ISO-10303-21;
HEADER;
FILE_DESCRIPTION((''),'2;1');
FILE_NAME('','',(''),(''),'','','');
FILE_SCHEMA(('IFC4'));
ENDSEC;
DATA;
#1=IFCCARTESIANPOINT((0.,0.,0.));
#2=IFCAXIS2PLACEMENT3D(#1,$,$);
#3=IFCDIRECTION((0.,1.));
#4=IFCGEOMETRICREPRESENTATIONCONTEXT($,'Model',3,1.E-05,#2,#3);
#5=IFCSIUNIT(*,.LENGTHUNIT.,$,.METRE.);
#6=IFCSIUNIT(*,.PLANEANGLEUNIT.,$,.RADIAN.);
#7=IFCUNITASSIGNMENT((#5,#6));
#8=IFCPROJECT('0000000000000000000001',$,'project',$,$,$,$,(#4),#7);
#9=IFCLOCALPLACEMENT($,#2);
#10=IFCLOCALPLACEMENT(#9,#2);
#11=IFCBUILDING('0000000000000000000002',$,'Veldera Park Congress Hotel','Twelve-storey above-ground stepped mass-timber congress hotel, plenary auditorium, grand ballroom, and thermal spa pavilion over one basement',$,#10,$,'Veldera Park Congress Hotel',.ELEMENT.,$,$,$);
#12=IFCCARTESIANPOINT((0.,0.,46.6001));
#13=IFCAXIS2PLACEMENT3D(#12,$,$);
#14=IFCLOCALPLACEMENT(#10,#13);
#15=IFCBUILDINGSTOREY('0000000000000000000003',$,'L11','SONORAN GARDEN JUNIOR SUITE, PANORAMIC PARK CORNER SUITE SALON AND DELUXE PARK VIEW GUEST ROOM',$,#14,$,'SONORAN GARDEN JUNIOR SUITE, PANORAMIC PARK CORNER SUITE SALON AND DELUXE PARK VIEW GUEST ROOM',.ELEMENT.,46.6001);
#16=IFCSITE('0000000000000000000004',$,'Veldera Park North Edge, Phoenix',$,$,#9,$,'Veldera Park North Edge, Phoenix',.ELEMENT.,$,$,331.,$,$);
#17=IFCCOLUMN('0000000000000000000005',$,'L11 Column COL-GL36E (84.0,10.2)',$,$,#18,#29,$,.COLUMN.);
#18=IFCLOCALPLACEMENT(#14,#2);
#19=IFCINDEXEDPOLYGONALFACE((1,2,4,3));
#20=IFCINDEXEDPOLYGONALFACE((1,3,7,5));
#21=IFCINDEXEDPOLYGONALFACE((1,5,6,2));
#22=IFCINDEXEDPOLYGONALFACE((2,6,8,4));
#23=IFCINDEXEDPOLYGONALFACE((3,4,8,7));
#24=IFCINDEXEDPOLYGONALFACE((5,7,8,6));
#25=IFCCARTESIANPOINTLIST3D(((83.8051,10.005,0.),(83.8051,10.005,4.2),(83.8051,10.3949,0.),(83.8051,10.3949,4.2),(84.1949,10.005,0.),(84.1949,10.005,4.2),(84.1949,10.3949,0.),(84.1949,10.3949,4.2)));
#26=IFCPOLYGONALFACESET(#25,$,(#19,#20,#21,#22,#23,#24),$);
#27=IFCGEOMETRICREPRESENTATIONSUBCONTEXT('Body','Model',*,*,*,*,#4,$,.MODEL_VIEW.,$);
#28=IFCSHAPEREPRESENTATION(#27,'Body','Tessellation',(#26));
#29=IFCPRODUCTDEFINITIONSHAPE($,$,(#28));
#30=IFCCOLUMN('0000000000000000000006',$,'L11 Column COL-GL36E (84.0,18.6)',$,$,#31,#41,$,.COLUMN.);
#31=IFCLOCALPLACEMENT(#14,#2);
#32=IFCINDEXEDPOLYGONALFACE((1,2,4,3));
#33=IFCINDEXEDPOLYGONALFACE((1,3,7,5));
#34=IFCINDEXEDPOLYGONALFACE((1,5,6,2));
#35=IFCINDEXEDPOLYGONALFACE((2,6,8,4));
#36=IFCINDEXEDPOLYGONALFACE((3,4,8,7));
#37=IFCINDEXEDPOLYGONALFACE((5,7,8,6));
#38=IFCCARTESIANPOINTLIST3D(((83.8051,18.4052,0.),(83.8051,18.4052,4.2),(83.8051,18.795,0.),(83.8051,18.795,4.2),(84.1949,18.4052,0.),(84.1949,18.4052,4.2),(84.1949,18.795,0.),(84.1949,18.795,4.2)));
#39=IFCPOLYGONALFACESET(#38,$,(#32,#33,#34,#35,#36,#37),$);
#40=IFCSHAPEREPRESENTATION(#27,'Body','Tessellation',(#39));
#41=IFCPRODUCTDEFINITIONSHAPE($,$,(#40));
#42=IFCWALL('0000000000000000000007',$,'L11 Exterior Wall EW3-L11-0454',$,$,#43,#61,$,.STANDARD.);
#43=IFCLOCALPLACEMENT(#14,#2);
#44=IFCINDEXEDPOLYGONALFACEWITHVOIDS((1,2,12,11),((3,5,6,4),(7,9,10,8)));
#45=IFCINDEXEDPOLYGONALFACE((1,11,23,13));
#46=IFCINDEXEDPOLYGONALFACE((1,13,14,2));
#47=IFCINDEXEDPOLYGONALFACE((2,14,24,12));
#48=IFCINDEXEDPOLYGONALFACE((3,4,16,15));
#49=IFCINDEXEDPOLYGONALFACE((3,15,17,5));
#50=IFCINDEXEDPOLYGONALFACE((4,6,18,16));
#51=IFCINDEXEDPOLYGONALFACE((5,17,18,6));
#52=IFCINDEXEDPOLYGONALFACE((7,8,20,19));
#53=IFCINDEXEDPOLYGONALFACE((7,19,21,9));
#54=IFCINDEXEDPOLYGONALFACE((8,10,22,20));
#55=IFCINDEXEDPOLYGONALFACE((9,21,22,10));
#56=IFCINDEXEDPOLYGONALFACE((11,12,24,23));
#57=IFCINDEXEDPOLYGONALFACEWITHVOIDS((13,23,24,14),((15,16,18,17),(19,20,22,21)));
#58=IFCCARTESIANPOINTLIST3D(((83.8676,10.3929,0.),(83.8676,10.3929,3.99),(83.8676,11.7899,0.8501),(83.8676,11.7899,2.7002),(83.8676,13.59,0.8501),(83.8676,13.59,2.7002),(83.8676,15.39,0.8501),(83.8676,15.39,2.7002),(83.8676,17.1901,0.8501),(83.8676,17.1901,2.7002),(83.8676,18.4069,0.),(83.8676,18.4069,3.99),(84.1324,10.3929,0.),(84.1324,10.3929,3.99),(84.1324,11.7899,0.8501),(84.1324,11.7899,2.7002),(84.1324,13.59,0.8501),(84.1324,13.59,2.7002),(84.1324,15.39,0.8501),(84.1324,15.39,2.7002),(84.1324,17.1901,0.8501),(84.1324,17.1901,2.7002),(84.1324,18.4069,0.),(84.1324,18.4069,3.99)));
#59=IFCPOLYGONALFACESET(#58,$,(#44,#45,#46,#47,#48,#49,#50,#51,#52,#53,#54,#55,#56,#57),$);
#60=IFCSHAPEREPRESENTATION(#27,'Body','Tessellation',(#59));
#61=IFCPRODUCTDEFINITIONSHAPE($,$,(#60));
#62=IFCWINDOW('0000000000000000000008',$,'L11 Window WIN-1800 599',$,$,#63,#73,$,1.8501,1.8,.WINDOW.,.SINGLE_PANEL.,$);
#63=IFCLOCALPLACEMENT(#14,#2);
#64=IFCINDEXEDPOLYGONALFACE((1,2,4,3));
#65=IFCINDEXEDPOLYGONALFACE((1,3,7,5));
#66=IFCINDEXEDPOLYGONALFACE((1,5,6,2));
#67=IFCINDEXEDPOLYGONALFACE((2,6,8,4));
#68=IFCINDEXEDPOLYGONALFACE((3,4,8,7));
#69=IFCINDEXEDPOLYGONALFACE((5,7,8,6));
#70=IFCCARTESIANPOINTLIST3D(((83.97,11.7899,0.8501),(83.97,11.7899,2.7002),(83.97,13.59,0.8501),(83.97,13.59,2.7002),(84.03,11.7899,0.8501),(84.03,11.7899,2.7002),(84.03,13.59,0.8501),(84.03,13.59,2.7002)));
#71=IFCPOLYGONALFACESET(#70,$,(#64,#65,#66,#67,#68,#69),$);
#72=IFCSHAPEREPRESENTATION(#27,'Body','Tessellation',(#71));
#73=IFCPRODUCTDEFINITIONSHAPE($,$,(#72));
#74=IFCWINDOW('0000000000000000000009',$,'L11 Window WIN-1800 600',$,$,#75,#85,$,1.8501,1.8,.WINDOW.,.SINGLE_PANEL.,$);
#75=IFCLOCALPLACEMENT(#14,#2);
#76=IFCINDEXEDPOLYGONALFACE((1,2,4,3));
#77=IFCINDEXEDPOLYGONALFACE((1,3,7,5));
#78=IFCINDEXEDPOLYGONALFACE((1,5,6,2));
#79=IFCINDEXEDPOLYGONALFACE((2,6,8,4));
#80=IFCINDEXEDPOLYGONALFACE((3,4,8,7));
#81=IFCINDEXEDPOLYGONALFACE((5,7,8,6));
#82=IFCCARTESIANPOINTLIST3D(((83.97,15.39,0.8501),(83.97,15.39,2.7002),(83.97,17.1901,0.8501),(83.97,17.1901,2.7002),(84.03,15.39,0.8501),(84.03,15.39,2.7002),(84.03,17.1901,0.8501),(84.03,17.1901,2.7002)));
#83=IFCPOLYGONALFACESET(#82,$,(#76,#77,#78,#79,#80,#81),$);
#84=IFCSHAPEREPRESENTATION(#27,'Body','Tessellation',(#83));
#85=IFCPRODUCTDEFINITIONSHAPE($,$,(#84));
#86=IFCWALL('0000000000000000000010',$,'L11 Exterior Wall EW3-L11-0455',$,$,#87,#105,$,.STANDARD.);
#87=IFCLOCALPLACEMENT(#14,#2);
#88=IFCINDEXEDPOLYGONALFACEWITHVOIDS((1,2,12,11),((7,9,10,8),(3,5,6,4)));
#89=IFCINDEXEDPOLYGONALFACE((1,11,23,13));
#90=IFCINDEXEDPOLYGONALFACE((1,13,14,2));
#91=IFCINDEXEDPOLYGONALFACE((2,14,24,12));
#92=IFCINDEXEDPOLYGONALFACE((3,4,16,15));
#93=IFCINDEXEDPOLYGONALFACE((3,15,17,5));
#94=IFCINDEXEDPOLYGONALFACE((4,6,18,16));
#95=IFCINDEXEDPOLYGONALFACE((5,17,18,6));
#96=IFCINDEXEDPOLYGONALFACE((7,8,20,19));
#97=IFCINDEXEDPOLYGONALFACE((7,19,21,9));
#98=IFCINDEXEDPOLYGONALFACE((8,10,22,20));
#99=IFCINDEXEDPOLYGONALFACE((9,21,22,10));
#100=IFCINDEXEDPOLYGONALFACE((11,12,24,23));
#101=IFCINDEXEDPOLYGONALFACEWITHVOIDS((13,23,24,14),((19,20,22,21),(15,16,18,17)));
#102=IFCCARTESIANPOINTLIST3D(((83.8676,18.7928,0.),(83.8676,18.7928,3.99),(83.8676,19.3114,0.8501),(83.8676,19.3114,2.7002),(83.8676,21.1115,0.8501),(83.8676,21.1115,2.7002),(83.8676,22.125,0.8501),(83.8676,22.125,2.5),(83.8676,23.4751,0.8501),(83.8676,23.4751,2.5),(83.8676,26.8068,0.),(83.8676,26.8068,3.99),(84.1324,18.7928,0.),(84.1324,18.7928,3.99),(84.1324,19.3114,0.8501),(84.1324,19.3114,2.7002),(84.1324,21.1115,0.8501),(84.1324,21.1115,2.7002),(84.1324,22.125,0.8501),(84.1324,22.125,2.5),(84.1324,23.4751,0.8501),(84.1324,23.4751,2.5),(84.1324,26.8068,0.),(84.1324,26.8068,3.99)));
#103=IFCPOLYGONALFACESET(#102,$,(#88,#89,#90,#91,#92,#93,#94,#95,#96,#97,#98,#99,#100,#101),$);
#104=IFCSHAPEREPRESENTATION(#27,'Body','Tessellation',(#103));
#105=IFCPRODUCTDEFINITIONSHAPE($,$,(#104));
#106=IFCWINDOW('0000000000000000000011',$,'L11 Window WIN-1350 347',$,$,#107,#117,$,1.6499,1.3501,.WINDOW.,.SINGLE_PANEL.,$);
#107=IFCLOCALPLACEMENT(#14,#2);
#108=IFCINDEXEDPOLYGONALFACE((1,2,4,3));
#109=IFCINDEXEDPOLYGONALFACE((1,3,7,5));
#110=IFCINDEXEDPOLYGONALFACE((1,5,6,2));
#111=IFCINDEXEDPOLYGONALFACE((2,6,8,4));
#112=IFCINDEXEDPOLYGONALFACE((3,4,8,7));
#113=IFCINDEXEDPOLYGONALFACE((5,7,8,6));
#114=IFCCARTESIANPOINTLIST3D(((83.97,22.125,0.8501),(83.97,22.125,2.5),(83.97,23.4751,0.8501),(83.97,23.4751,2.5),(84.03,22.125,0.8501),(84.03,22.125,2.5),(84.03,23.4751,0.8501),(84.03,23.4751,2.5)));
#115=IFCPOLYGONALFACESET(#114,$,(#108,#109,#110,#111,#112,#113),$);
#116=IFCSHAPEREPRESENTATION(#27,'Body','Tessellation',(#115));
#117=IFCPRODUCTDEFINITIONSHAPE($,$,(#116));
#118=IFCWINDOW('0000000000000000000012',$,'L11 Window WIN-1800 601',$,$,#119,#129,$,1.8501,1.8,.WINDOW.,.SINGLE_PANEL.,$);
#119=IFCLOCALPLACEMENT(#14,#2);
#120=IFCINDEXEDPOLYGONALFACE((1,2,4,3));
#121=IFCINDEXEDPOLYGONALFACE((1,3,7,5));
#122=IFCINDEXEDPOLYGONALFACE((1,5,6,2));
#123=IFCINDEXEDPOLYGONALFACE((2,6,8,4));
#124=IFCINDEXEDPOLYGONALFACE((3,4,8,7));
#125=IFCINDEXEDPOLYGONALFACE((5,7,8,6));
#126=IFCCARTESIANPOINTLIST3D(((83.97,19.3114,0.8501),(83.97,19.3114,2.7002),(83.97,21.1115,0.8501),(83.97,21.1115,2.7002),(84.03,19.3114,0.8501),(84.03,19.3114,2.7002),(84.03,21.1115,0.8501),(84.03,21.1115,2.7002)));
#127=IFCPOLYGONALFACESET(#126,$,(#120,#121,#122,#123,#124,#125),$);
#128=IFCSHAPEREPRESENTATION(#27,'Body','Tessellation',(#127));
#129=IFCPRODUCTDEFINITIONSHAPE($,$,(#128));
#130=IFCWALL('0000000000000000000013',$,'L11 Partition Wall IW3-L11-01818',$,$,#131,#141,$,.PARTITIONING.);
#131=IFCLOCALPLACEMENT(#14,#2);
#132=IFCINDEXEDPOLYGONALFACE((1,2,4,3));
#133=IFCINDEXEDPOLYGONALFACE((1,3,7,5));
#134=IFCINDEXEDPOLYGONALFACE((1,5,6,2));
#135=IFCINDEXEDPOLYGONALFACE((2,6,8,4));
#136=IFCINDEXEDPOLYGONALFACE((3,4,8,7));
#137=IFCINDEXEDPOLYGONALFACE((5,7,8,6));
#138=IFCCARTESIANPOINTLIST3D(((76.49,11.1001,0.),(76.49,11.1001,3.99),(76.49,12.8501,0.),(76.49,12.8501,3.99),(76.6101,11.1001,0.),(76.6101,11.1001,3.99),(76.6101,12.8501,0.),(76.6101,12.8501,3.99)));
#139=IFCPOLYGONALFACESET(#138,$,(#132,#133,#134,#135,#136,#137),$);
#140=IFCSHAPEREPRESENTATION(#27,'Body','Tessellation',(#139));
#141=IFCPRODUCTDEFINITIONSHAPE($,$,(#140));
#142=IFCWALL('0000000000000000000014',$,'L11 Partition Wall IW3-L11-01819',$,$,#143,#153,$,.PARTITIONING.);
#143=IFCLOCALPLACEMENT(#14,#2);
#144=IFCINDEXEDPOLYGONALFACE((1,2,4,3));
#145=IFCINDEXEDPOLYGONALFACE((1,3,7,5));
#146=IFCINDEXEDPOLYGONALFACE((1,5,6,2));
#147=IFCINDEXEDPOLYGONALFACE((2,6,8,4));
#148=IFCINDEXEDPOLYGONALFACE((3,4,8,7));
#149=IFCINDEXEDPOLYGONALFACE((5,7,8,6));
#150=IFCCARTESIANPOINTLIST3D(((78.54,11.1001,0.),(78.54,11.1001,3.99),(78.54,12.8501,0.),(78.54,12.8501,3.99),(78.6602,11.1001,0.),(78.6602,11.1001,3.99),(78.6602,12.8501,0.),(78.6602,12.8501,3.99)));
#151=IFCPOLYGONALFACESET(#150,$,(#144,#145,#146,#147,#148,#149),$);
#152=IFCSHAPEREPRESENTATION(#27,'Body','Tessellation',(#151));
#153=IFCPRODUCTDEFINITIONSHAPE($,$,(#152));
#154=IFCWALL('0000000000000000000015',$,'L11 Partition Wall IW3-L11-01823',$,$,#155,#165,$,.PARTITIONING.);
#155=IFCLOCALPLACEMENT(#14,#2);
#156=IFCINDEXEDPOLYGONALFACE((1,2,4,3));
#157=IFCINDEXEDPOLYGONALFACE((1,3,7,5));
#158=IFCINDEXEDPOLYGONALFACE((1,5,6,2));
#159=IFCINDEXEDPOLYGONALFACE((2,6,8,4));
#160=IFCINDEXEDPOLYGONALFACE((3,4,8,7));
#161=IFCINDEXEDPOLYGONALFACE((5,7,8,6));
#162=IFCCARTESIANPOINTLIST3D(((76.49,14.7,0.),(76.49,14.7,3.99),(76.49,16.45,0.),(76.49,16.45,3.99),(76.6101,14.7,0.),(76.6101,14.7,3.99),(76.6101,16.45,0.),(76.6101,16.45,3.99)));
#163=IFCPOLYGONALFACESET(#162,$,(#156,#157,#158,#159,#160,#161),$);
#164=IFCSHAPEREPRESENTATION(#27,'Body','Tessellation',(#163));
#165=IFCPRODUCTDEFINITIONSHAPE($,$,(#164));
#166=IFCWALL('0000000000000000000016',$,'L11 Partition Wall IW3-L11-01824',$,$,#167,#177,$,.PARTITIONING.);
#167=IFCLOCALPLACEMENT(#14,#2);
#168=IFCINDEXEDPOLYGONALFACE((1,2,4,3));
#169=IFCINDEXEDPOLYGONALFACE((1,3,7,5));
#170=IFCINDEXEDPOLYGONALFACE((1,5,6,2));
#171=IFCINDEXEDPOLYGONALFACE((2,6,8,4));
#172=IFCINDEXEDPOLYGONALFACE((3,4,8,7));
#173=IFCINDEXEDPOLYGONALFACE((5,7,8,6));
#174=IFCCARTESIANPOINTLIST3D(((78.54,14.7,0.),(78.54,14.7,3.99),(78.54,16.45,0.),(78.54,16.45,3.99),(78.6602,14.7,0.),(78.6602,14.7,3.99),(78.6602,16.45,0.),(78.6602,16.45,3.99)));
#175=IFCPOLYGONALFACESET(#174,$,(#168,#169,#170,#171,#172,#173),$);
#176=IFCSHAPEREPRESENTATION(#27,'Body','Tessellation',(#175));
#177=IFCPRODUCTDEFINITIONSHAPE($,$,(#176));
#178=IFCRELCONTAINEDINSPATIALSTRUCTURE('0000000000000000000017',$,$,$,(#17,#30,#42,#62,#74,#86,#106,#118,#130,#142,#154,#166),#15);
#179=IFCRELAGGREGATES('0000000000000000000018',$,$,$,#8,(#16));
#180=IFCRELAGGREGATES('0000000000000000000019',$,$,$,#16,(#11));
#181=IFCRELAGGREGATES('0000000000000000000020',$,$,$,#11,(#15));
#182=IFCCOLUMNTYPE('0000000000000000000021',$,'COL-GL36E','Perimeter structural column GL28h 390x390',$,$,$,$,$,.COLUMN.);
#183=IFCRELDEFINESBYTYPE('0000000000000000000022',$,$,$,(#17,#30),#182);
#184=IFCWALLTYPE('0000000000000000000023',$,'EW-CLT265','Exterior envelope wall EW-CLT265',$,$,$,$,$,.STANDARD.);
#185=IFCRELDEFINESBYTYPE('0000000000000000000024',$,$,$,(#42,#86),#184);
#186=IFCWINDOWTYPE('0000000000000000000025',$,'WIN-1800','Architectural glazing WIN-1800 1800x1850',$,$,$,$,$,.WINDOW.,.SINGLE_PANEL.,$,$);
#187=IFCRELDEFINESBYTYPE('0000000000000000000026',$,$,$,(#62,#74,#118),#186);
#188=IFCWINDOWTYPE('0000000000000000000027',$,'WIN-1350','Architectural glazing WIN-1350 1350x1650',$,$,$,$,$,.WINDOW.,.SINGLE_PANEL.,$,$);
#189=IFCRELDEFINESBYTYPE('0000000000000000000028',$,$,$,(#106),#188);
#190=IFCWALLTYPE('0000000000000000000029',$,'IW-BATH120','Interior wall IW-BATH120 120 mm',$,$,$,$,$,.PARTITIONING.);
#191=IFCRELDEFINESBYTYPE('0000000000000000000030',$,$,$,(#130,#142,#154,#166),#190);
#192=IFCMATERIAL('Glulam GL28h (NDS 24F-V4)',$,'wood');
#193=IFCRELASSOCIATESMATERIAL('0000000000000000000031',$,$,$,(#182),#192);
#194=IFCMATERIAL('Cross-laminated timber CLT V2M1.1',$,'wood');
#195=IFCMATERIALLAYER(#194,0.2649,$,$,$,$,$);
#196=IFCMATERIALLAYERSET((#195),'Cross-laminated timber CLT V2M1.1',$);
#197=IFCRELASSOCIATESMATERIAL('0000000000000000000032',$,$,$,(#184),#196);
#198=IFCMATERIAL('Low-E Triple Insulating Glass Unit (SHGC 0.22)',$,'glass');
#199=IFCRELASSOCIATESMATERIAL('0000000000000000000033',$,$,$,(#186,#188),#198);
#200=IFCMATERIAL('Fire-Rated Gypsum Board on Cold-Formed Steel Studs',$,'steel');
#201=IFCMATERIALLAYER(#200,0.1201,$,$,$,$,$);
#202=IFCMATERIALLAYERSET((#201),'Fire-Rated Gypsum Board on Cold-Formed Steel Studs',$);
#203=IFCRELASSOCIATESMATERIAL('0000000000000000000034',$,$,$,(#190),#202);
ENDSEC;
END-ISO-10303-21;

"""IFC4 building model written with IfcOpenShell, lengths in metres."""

from ifc_helpers import new_model, si_unit, direction, frame, frame_2d, origin, origin_2d, place, context, subcontext, project, spatial, rectangle, extrude, material, layer, layer_set, material_profile, profile_set, type_object, element, fill, save


model = new_model("IFC4")

# Units and contexts
model_context = context("Model", 3, precision=1e-05, world=origin(), true_north=direction((0.0, 1.0)))
body_context = subcontext(model_context, "Body", "Model", "MODEL_VIEW")
ifc_project = project(units=[si_unit("LENGTHUNIT", "METRE"), si_unit("PLANEANGLEUNIT", "RADIAN")], contexts=[model_context])

# Site, building, storey
site_placement = place(None, origin())
site = spatial("IfcSite", under=ifc_project, at=site_placement, Name="Veldera Park North Edge, Phoenix", LongName="Veldera Park North Edge, Phoenix", CompositionType="ELEMENT", RefElevation=331.0)
building_placement = place(site_placement, origin())
building = spatial("IfcBuilding", under=site, at=building_placement, Name="Veldera Park Congress Hotel", Description="Twelve-storey above-ground stepped mass-timber congress hotel, plenary auditorium, grand ballroom, and thermal spa pavilion over one basement", LongName="Veldera Park Congress Hotel", CompositionType="ELEMENT")
storey_placement = place(building_placement, frame((0.0, 0.0, 46.6001)))
storey = spatial("IfcBuildingStorey", under=building, at=storey_placement, Name="L11", Description="SONORAN GARDEN JUNIOR SUITE, PANORAMIC PARK CORNER SUITE SALON AND DELUXE PARK VIEW GUEST ROOM", LongName="SONORAN GARDEN JUNIOR SUITE, PANORAMIC PARK CORNER SUITE SALON AND DELUXE PARK VIEW GUEST ROOM", CompositionType="ELEMENT", Elevation=46.6001)

# Columns
ifc_material_1 = material(Name="Glulam GL28h (NDS 24F-V4)", Category="wood")
ifc_material_profile = material_profile(ifc_material_1, rectangle(XDim=0.3899, YDim=0.3899, at=origin_2d()), Name="GL28h 390x390")
ifc_profile_set = profile_set([ifc_material_profile], Name="Glulam GL28h (NDS 24F-V4)")
column_type = type_object("IfcColumnType", Name="COL-GL36E", Description="Perimeter structural column GL28h 390x390", PredefinedType="COLUMN", material=ifc_profile_set)
for number, where, z_axis, x_axis, name in (
    (1, (84.0, 10.2, 0.0), (0.0, 0.0, 1.0), (1.0, 0.0, 0.0), "L11 Column COL-GL36E (84.0,10.2)"),
    (2, (84.0, 18.6001, 0.0), (0.0, 0.0, 1.0), (1.0, 0.0, 0.0), "L11 Column COL-GL36E (84.0,18.6)"),
):
    element("IfcColumn", number, at=place(storey_placement, frame(where, z_axis=z_axis, x_axis=x_axis)), inside=storey, type_object=column_type, Name=name, PredefinedType="COLUMN", context=body_context, shape_type="SweptSolid", body=[
        extrude(rectangle(XDim=0.3899, YDim=0.3899, at=origin_2d()), origin(), (0.0, 0.0, 1.0), 4.2),
    ])

# Walls, openings, windows
ifc_material_2 = material(Name="Cross-laminated timber CLT V2M1.1", Category="wood")
ifc_layer_1 = layer(ifc_material_2, 0.2649)
ifc_layer_set_1 = layer_set([ifc_layer_1], Name="Cross-laminated timber CLT V2M1.1")
wall_type_1 = type_object("IfcWallType", Name="EW-CLT265", Description="Exterior envelope wall EW-CLT265", PredefinedType="STANDARD", material=ifc_layer_set_1)
wall_1_placement = place(storey_placement, frame((84.0, 10.3931, 0.0), z_axis=(0.0, 0.0, 1.0), x_axis=(0.0, 1.0, 0.0)))
wall_1 = element("IfcWall", 3, at=wall_1_placement, inside=storey, type_object=wall_type_1, Name="L11 Exterior Wall EW3-L11-0454", PredefinedType="STANDARD", context=body_context, shape_type="SweptSolid", body=[
    extrude(rectangle(XDim=8.0139, YDim=0.2649, at=frame_2d((4.0068, 0.0))), origin(), (0.0, 0.0, 1.0), 3.99),
])
opening_1_placement = place(wall_1_placement, frame((1.397, 0.0, 0.8501)))
opening_1 = element("IfcOpeningElement", 4, at=opening_1_placement, cuts=wall_1, PredefinedType="OPENING", context=body_context, shape_type="SweptSolid", body=[
    extrude(rectangle(XDim=1.8, YDim=1.8501, at=frame_2d((0.8999, 0.925))), frame((0.0, 0.1445, 0.0), z_axis=(0.0, -1.0, 0.0), x_axis=(1.0, 0.0, 0.0)), (0.0, 0.0, 1.0), 0.2888),
])
opening_2_placement = place(wall_1_placement, frame((4.9971, 0.0, 0.8501)))
opening_2 = element("IfcOpeningElement", 5, at=opening_2_placement, cuts=wall_1, PredefinedType="OPENING", context=body_context, shape_type="SweptSolid", body=[
    extrude(rectangle(XDim=1.8, YDim=1.8501, at=frame_2d((0.8999, 0.925))), frame((0.0, 0.1445, 0.0), z_axis=(0.0, -1.0, 0.0), x_axis=(1.0, 0.0, 0.0)), (0.0, 0.0, 1.0), 0.2888),
])
ifc_material_3 = material(Name="Low-E Triple Insulating Glass Unit (SHGC 0.22)", Category="glass")
window_type_1 = type_object("IfcWindowType", Name="WIN-1800", Description="Architectural glazing WIN-1800 1800x1850", PartitioningType="SINGLE_PANEL", PredefinedType="WINDOW", material=ifc_material_3)
window_1_placement = place(opening_1_placement, origin())
window_1 = element("IfcWindow", 6, at=window_1_placement, inside=storey, type_object=window_type_1, Name="L11 Window WIN-1800 599", OverallHeight=1.8501, OverallWidth=1.8, PartitioningType="SINGLE_PANEL", PredefinedType="WINDOW", context=body_context, shape_type="SweptSolid", body=[
    extrude(rectangle(XDim=1.8, YDim=1.8501, at=frame_2d((0.8999, 0.925))), frame((0.0, 0.03, 0.0), z_axis=(0.0, -1.0, 0.0), x_axis=(1.0, 0.0, 0.0)), (0.0, 0.0, 1.0), 0.0601),
])
fill(opening_1, window_1)
window_2_placement = place(opening_2_placement, origin())
window_2 = element("IfcWindow", 7, at=window_2_placement, inside=storey, type_object=window_type_1, Name="L11 Window WIN-1800 600", OverallHeight=1.8501, OverallWidth=1.8, PartitioningType="SINGLE_PANEL", PredefinedType="WINDOW", context=body_context, shape_type="SweptSolid", body=[
    extrude(rectangle(XDim=1.8, YDim=1.8501, at=frame_2d((0.8999, 0.925))), frame((0.0, 0.03, 0.0), z_axis=(0.0, -1.0, 0.0), x_axis=(1.0, 0.0, 0.0)), (0.0, 0.0, 1.0), 0.0601),
])
fill(opening_2, window_2)
wall_2_placement = place(storey_placement, frame((84.0, 18.793, 0.0), z_axis=(0.0, 0.0, 1.0), x_axis=(0.0, 1.0, 0.0)))
wall_2 = element("IfcWall", 8, at=wall_2_placement, inside=storey, type_object=wall_type_1, Name="L11 Exterior Wall EW3-L11-0455", PredefinedType="STANDARD", context=body_context, shape_type="SweptSolid", body=[
    extrude(rectangle(XDim=8.0139, YDim=0.2649, at=frame_2d((4.0068, 0.0))), origin(), (0.0, 0.0, 1.0), 3.99),
])
opening_3_placement = place(wall_2_placement, frame((3.332, 0.0, 0.8501)))
opening_3 = element("IfcOpeningElement", 9, at=opening_3_placement, cuts=wall_2, PredefinedType="OPENING", context=body_context, shape_type="SweptSolid", body=[
    extrude(rectangle(XDim=1.3501, YDim=1.6499, at=frame_2d((0.675, 0.825))), frame((0.0, 0.1445, 0.0), z_axis=(0.0, -1.0, 0.0), x_axis=(1.0, 0.0, 0.0)), (0.0, 0.0, 1.0), 0.2888),
])
opening_4_placement = place(wall_2_placement, frame((0.5186, 0.0, 0.8501)))
opening_4 = element("IfcOpeningElement", 10, at=opening_4_placement, cuts=wall_2, PredefinedType="OPENING", context=body_context, shape_type="SweptSolid", body=[
    extrude(rectangle(XDim=1.8, YDim=1.8501, at=frame_2d((0.8999, 0.925))), frame((0.0, 0.1445, 0.0), z_axis=(0.0, -1.0, 0.0), x_axis=(1.0, 0.0, 0.0)), (0.0, 0.0, 1.0), 0.2888),
])
window_type_2 = type_object("IfcWindowType", Name="WIN-1350", Description="Architectural glazing WIN-1350 1350x1650", PartitioningType="SINGLE_PANEL", PredefinedType="WINDOW", material=ifc_material_3)
window_3_placement = place(opening_3_placement, origin())
window_3 = element("IfcWindow", 11, at=window_3_placement, inside=storey, type_object=window_type_2, Name="L11 Window WIN-1350 347", OverallHeight=1.6499, OverallWidth=1.3501, PartitioningType="SINGLE_PANEL", PredefinedType="WINDOW", context=body_context, shape_type="SweptSolid", body=[
    extrude(rectangle(XDim=1.3501, YDim=1.6499, at=frame_2d((0.675, 0.825))), frame((0.0, 0.03, 0.0), z_axis=(0.0, -1.0, 0.0), x_axis=(1.0, 0.0, 0.0)), (0.0, 0.0, 1.0), 0.0601),
])
fill(opening_3, window_3)
window_4_placement = place(opening_4_placement, origin())
window_4 = element("IfcWindow", 12, at=window_4_placement, inside=storey, type_object=window_type_1, Name="L11 Window WIN-1800 601", OverallHeight=1.8501, OverallWidth=1.8, PartitioningType="SINGLE_PANEL", PredefinedType="WINDOW", context=body_context, shape_type="SweptSolid", body=[
    extrude(rectangle(XDim=1.8, YDim=1.8501, at=frame_2d((0.8999, 0.925))), frame((0.0, 0.03, 0.0), z_axis=(0.0, -1.0, 0.0), x_axis=(1.0, 0.0, 0.0)), (0.0, 0.0, 1.0), 0.0601),
])
fill(opening_4, window_4)

# Shared definitions
ifc_material_4 = material(Name="Fire-Rated Gypsum Board on Cold-Formed Steel Studs", Category="steel")
ifc_layer_2 = layer(ifc_material_4, 0.1201)
ifc_layer_set_2 = layer_set([ifc_layer_2], Name="Fire-Rated Gypsum Board on Cold-Formed Steel Studs")
wall_type_2 = type_object("IfcWallType", Name="IW-BATH120", Description="Interior wall IW-BATH120 120 mm", PredefinedType="PARTITIONING", material=ifc_layer_set_2)

# Walls
for number, where, z_axis, x_axis, name in (
    (13, (76.55, 11.1001, 0.0), (0.0, 0.0, 1.0), (0.0, 1.0, 0.0), "L11 Partition Wall IW3-L11-01818"),
    (14, (78.6001, 11.1001, 0.0), (0.0, 0.0, 1.0), (0.0, 1.0, 0.0), "L11 Partition Wall IW3-L11-01819"),
):
    element("IfcWall", number, at=place(storey_placement, frame(where, z_axis=z_axis, x_axis=x_axis)), inside=storey, type_object=wall_type_2, Name=name, PredefinedType="PARTITIONING", context=body_context, shape_type="SweptSolid", body=[
        extrude(rectangle(XDim=1.75, YDim=0.1201, at=frame_2d((0.875, 0.0))), origin(), (0.0, 0.0, 1.0), 3.99),
    ])

# Walls
for number, where, z_axis, x_axis, name in (
    (15, (76.55, 14.7, 0.0), (0.0, 0.0, 1.0), (0.0, 1.0, 0.0), "L11 Partition Wall IW3-L11-01823"),
    (16, (78.6001, 14.7, 0.0), (0.0, 0.0, 1.0), (0.0, 1.0, 0.0), "L11 Partition Wall IW3-L11-01824"),
):
    element("IfcWall", number, at=place(storey_placement, frame(where, z_axis=z_axis, x_axis=x_axis)), inside=storey, type_object=wall_type_2, Name=name, PredefinedType="PARTITIONING", context=body_context, shape_type="SweptSolid", body=[
        extrude(rectangle(XDim=1.75, YDim=0.1201, at=frame_2d((0.875, 0.0))), origin(), (0.0, 0.0, 1.0), 3.99),
    ])

save(model, "model.ifc")
